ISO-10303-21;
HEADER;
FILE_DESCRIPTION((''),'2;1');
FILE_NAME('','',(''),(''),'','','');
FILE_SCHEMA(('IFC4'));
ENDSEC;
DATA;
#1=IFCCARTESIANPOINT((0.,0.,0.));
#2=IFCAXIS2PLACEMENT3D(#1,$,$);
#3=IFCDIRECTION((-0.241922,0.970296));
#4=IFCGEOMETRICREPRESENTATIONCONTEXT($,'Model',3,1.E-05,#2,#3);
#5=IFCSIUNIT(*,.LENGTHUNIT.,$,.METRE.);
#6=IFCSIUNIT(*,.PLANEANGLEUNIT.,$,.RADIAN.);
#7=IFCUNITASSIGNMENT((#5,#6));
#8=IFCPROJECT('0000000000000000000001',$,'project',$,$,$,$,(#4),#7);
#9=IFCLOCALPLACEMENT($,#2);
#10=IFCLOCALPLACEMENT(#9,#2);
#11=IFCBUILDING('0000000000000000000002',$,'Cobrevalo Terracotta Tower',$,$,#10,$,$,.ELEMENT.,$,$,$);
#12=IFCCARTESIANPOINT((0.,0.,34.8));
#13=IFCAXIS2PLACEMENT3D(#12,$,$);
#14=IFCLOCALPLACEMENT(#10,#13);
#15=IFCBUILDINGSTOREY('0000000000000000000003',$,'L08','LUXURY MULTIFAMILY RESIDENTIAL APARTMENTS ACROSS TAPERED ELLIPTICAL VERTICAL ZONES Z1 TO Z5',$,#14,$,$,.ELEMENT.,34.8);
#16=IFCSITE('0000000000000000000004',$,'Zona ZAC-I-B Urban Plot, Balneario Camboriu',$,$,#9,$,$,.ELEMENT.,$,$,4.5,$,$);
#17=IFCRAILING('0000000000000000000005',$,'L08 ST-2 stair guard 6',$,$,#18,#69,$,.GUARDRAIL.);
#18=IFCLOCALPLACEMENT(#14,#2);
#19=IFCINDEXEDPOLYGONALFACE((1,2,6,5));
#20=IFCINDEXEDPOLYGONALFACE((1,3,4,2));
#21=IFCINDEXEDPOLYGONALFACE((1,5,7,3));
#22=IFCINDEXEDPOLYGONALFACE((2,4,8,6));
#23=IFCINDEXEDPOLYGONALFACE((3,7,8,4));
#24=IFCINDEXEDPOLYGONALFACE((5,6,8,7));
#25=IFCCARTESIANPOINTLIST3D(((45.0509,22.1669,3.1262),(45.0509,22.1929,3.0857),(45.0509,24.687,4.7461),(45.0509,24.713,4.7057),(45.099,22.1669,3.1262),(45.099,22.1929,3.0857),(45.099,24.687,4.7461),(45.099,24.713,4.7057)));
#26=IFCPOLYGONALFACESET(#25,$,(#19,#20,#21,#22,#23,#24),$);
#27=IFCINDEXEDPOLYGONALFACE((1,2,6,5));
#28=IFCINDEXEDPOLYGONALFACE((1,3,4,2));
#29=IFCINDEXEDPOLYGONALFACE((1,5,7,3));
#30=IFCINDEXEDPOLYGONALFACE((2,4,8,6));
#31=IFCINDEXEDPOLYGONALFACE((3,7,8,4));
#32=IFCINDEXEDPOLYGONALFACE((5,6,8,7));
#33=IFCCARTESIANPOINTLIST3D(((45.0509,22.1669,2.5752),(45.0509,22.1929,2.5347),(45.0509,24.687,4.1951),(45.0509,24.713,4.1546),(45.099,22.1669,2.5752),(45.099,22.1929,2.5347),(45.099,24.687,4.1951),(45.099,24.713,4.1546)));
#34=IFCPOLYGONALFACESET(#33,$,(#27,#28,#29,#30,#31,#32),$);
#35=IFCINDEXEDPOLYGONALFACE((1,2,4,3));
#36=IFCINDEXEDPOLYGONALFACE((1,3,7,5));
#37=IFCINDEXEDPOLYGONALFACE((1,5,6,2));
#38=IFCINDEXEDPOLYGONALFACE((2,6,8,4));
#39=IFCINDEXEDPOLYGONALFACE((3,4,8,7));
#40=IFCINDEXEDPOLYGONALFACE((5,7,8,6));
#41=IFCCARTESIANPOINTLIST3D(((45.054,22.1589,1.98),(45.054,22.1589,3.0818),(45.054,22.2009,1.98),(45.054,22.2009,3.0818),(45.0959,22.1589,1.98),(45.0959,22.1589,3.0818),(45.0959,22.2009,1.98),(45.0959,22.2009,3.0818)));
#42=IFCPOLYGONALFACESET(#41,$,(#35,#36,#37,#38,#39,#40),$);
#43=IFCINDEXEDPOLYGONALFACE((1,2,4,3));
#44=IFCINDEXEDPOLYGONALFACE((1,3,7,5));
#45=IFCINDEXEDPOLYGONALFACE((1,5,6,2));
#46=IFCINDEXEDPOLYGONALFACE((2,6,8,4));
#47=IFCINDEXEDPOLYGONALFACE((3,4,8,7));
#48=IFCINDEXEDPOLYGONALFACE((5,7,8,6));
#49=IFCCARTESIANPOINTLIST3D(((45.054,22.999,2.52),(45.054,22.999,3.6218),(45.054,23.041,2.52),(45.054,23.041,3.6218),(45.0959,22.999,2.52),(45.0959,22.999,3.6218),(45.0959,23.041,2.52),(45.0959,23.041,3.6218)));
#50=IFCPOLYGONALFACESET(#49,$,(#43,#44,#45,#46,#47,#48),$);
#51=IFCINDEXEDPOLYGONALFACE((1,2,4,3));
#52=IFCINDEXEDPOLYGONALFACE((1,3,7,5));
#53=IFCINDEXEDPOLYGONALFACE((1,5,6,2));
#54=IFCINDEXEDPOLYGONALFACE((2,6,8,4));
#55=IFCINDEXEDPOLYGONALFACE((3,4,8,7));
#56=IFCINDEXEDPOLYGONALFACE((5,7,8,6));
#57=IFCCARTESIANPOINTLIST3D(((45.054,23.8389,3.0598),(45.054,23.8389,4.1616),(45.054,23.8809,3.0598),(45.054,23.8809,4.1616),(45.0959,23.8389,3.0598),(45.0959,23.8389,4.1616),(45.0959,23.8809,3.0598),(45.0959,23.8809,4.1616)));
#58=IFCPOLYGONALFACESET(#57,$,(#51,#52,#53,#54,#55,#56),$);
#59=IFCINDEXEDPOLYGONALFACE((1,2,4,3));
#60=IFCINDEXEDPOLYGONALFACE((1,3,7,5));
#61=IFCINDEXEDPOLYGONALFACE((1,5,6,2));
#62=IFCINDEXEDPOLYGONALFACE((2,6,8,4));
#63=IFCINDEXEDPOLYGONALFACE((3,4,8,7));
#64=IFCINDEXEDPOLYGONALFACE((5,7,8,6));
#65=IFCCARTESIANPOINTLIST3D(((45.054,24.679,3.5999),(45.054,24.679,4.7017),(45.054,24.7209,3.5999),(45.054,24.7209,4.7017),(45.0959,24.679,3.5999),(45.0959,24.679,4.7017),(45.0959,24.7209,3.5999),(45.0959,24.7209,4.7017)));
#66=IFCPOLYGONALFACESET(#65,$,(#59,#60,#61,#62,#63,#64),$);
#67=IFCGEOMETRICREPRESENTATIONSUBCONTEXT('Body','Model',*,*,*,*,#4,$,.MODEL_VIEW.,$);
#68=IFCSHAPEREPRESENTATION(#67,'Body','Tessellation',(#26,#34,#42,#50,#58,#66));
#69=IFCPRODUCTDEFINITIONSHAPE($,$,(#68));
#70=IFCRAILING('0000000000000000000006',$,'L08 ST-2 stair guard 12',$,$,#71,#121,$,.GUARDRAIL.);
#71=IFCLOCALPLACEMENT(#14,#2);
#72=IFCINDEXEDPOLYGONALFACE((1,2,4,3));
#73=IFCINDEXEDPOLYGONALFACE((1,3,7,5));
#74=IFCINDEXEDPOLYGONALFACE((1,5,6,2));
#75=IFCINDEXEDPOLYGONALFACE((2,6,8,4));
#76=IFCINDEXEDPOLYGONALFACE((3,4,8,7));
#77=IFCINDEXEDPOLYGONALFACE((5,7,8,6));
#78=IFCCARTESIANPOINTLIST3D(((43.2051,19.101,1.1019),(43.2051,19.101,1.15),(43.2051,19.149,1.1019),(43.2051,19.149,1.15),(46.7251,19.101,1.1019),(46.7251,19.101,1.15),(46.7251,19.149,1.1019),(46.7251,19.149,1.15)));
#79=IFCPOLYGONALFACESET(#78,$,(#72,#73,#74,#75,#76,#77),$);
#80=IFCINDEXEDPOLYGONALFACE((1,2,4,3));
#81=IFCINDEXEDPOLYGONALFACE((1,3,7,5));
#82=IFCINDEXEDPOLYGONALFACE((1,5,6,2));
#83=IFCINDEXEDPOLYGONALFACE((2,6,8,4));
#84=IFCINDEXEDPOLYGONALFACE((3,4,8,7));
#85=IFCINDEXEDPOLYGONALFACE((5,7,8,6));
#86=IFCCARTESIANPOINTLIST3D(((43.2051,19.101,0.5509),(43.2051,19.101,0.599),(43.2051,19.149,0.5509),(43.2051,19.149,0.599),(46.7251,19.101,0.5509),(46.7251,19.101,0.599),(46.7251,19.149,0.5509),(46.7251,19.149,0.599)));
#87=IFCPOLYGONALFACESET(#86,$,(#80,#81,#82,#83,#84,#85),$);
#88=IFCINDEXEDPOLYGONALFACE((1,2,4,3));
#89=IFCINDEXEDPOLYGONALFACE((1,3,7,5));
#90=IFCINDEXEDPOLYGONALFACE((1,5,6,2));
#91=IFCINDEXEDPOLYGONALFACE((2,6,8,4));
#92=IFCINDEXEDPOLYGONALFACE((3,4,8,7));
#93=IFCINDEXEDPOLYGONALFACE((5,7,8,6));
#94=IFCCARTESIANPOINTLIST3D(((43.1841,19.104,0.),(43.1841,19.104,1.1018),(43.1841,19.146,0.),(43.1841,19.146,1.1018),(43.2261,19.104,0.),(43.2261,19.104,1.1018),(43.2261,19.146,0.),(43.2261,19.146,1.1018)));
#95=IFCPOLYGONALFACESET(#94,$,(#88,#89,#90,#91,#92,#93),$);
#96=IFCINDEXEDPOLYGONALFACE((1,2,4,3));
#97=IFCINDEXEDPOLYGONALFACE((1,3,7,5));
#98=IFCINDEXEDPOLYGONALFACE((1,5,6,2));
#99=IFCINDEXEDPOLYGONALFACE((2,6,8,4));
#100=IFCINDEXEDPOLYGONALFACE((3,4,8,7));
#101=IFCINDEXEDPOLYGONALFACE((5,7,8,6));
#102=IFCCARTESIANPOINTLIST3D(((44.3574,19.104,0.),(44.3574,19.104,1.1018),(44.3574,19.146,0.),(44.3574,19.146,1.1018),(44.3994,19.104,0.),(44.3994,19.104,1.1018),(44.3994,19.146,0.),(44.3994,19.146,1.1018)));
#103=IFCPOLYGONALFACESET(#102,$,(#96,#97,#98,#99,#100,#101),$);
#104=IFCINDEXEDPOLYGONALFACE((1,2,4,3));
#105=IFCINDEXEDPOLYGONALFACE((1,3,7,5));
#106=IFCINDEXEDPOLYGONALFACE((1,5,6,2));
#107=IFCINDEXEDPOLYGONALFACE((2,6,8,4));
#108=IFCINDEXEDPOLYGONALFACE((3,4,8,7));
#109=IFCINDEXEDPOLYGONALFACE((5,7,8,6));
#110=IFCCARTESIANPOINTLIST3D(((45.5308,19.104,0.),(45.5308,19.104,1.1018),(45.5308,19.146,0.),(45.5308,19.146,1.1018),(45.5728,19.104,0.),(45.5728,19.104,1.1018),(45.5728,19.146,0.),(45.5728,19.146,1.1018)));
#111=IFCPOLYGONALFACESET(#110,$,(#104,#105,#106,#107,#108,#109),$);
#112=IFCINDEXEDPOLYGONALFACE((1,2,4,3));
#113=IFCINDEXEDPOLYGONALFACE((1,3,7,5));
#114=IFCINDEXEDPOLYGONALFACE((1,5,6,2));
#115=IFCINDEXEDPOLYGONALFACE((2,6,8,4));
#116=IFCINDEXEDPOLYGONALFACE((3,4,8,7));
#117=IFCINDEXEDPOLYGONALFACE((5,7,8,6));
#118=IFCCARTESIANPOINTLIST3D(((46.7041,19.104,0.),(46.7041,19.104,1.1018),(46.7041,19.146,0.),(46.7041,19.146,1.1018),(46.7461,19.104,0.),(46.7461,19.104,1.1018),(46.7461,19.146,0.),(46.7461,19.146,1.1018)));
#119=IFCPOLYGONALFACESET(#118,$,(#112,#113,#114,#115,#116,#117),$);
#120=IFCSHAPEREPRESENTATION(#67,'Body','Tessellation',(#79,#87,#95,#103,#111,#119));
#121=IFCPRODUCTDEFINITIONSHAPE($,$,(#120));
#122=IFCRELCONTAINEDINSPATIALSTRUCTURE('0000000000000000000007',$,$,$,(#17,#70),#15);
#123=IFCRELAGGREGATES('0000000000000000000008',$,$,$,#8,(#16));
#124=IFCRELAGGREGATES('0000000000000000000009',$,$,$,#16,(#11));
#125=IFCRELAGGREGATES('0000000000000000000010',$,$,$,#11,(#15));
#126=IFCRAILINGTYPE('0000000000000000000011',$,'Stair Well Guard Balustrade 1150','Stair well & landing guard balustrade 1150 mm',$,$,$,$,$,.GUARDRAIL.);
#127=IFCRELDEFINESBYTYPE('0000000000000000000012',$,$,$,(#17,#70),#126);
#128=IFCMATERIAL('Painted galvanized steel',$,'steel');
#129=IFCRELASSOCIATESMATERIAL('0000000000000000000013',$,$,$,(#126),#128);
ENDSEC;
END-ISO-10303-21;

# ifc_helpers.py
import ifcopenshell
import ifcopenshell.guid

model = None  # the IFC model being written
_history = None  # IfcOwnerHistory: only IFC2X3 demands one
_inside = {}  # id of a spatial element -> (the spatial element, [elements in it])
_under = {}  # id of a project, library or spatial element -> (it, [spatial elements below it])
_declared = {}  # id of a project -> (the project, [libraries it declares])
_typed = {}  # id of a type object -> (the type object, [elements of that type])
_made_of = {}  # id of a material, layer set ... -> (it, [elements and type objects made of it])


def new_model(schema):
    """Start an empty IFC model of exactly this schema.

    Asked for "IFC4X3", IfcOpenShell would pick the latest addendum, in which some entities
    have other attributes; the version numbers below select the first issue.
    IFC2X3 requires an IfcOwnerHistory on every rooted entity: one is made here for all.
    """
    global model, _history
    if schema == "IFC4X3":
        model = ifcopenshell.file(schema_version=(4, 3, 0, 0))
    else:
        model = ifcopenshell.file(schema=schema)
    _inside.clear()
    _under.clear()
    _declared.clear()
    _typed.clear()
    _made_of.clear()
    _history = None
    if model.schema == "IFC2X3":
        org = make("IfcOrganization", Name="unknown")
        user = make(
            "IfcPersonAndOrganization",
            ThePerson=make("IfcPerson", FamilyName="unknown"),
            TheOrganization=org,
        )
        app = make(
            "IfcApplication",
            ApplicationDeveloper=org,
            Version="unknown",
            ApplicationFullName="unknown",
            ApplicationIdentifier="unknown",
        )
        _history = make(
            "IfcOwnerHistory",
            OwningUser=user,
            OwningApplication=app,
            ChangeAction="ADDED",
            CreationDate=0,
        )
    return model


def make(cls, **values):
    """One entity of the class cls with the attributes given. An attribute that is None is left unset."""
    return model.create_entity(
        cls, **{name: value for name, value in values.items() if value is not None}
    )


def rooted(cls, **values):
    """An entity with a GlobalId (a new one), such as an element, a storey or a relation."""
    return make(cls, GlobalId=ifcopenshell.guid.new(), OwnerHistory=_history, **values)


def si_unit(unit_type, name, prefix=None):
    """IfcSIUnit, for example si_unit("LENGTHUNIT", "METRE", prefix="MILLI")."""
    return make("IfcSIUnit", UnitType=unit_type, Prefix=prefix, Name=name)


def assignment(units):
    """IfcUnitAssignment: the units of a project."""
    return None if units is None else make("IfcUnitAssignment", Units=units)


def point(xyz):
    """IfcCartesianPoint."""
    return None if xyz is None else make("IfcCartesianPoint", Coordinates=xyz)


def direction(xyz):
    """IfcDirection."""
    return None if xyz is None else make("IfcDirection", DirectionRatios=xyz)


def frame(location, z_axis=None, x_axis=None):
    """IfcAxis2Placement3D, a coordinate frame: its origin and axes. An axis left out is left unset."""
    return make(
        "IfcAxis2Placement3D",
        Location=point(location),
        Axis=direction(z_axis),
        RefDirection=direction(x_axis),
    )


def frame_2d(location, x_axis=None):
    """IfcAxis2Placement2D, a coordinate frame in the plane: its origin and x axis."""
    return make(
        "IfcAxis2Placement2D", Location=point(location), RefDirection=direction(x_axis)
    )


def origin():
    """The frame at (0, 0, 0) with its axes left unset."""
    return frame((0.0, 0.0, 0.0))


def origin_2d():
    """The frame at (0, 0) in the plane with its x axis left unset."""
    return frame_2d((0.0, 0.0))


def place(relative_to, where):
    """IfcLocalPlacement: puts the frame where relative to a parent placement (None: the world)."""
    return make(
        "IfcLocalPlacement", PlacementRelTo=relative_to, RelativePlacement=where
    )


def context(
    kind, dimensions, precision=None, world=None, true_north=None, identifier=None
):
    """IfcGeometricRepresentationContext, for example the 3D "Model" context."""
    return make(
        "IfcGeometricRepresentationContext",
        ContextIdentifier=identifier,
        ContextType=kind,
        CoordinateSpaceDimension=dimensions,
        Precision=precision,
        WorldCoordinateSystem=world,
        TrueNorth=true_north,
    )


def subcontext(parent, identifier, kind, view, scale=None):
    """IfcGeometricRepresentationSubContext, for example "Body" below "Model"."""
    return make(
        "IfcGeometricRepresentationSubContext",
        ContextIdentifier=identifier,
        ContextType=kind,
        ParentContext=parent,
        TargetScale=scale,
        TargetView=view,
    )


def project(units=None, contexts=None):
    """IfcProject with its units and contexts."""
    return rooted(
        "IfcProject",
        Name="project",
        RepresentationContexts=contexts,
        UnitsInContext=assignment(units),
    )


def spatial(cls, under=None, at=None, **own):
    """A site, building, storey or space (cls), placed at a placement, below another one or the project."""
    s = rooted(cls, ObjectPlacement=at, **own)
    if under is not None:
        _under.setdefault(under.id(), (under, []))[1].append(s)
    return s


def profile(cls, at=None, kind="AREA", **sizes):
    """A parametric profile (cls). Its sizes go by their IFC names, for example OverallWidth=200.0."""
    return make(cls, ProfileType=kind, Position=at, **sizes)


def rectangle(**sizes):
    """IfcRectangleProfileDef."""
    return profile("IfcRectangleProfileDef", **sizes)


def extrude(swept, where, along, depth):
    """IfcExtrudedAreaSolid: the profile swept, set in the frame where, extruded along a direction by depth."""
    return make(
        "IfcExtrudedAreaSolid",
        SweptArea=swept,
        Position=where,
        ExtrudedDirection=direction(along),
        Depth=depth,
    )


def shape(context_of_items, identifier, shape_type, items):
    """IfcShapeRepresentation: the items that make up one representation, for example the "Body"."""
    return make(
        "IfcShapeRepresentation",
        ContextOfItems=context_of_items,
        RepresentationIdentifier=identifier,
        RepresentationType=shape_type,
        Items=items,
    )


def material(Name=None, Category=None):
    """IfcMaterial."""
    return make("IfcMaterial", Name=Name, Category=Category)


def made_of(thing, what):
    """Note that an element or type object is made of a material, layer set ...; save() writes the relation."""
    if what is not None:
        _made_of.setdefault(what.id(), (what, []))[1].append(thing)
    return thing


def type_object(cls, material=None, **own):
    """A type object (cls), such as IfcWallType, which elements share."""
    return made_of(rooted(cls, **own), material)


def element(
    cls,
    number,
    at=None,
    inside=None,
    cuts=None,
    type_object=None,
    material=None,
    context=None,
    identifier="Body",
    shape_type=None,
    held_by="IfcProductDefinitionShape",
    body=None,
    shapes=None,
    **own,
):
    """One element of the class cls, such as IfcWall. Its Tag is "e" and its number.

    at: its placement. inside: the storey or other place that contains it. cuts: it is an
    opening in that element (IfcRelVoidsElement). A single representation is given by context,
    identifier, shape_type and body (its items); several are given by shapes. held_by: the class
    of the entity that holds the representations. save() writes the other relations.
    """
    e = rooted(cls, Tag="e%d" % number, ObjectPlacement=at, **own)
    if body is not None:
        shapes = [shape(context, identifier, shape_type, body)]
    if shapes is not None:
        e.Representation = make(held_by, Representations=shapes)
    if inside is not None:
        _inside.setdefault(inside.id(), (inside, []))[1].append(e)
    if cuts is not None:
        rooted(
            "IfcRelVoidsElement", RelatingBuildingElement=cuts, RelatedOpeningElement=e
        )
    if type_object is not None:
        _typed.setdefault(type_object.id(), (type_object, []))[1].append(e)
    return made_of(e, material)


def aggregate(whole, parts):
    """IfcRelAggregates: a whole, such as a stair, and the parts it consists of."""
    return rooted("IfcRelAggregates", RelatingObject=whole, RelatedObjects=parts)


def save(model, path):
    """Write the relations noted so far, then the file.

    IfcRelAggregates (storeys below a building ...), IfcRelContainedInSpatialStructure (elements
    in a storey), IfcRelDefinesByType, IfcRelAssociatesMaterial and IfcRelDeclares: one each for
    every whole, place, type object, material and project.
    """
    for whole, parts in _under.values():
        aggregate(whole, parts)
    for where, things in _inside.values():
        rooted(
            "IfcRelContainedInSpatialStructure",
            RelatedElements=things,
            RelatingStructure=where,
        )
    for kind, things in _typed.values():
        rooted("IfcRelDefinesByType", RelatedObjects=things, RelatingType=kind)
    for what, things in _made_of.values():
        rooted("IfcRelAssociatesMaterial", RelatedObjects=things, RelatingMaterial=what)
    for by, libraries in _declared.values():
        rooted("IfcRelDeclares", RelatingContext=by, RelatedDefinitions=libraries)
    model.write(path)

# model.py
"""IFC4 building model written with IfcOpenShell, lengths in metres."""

from ifc_helpers import new_model, si_unit, direction, frame, origin, origin_2d, place, context, subcontext, project, spatial, rectangle, extrude, material, type_object, element, save


model = new_model("IFC4")

# Units and contexts
model_context = context("Model", 3, precision=1e-05, world=origin(), true_north=direction((-0.241922, 0.970296)))
body_context = subcontext(model_context, "Body", "Model", "MODEL_VIEW")
ifc_project = project(units=[si_unit("LENGTHUNIT", "METRE"), si_unit("PLANEANGLEUNIT", "RADIAN")], contexts=[model_context])

# Site, building, storey
site_placement = place(None, origin())
site = spatial("IfcSite", under=ifc_project, at=site_placement, Name="Zona ZAC-I-B Urban Plot, Balneario Camboriu", CompositionType="ELEMENT", RefElevation=4.5)
building_placement = place(site_placement, origin())
building = spatial("IfcBuilding", under=site, at=building_placement, Name="Cobrevalo Terracotta Tower", CompositionType="ELEMENT")
storey_placement = place(building_placement, frame((0.0, 0.0, 34.8)))
storey = spatial("IfcBuildingStorey", under=building, at=storey_placement, Name="L08", Description="LUXURY MULTIFAMILY RESIDENTIAL APARTMENTS ACROSS TAPERED ELLIPTICAL VERTICAL ZONES Z1 TO Z5", CompositionType="ELEMENT", Elevation=34.8)

# Railings
ifc_material_1 = material(Name="Painted galvanized steel", Category="steel")
railing_type_1 = type_object("IfcRailingType", Name="Stair Well Guard Balustrade 1150", Description="Stair well & landing guard balustrade 1150 mm", PredefinedType="GUARDRAIL", material=ifc_material_1)
railing_1_placement = place(storey_placement, frame((45.075, 22.1799, 1.98)))
element("IfcRailing", 1, at=railing_1_placement, inside=storey, type_object=railing_type_1, Name="L08 ST-2 stair guard 6", PredefinedType="GUARDRAIL", context=body_context, shape_type="SweptSolid", body=[
    extrude(rectangle(XDim=0.0481, YDim=0.0481, at=origin_2d()), frame((0.0, 0.0, 1.126), z_axis=(0.0, 0.8412, 0.540725), x_axis=(-1.0, 0.0, 0.0)), (0.0, 0.0, 1.0), 2.9958),
    extrude(rectangle(XDim=0.0481, YDim=0.0481, at=origin_2d()), frame((0.0, 0.0, 0.575), z_axis=(0.0, 0.8412, 0.540725), x_axis=(-1.0, 0.0, 0.0)), (0.0, 0.0, 1.0), 2.9958),
    extrude(rectangle(XDim=0.042, YDim=0.042, at=origin_2d()), origin(), (0.0, 0.0, 1.0), 1.1018),
    extrude(rectangle(XDim=0.042, YDim=0.042, at=origin_2d()), frame((0.0, 0.8401, 0.54)), (0.0, 0.0, 1.0), 1.1018),
    extrude(rectangle(XDim=0.042, YDim=0.042, at=origin_2d()), frame((0.0, 1.6799, 1.0798)), (0.0, 0.0, 1.0), 1.1018),
    extrude(rectangle(XDim=0.042, YDim=0.042, at=origin_2d()), frame((0.0, 2.52, 1.6199)), (0.0, 0.0, 1.0), 1.1018),
])
railing_2_placement = place(storey_placement, frame((43.2051, 19.125, 0.0)))
element("IfcRailing", 2, at=railing_2_placement, inside=storey, type_object=railing_type_1, Name="L08 ST-2 stair guard 12", PredefinedType="GUARDRAIL", context=body_context, shape_type="SweptSolid", body=[
    extrude(rectangle(XDim=0.0481, YDim=0.0481, at=origin_2d()), frame((0.0, 0.0, 1.126), z_axis=(1.0, 0.0, 0.0), x_axis=(0.0, 1.0, 0.0)), (0.0, 0.0, 1.0), 3.52),
    extrude(rectangle(XDim=0.0481, YDim=0.0481, at=origin_2d()), frame((0.0, 0.0, 0.575), z_axis=(1.0, 0.0, 0.0), x_axis=(0.0, 1.0, 0.0)), (0.0, 0.0, 1.0), 3.52),
    extrude(rectangle(XDim=0.042, YDim=0.042, at=origin_2d()), origin(), (0.0, 0.0, 1.0), 1.1018),
    extrude(rectangle(XDim=0.042, YDim=0.042, at=origin_2d()), frame((1.1733, 0.0, 0.0)), (0.0, 0.0, 1.0), 1.1018),
    extrude(rectangle(XDim=0.042, YDim=0.042, at=origin_2d()), frame((2.3467, 0.0, 0.0)), (0.0, 0.0, 1.0), 1.1018),
    extrude(rectangle(XDim=0.042, YDim=0.042, at=origin_2d()), frame((3.52, 0.0, 0.0)), (0.0, 0.0, 1.0), 1.1018),
])

save(model, "model.ifc")
